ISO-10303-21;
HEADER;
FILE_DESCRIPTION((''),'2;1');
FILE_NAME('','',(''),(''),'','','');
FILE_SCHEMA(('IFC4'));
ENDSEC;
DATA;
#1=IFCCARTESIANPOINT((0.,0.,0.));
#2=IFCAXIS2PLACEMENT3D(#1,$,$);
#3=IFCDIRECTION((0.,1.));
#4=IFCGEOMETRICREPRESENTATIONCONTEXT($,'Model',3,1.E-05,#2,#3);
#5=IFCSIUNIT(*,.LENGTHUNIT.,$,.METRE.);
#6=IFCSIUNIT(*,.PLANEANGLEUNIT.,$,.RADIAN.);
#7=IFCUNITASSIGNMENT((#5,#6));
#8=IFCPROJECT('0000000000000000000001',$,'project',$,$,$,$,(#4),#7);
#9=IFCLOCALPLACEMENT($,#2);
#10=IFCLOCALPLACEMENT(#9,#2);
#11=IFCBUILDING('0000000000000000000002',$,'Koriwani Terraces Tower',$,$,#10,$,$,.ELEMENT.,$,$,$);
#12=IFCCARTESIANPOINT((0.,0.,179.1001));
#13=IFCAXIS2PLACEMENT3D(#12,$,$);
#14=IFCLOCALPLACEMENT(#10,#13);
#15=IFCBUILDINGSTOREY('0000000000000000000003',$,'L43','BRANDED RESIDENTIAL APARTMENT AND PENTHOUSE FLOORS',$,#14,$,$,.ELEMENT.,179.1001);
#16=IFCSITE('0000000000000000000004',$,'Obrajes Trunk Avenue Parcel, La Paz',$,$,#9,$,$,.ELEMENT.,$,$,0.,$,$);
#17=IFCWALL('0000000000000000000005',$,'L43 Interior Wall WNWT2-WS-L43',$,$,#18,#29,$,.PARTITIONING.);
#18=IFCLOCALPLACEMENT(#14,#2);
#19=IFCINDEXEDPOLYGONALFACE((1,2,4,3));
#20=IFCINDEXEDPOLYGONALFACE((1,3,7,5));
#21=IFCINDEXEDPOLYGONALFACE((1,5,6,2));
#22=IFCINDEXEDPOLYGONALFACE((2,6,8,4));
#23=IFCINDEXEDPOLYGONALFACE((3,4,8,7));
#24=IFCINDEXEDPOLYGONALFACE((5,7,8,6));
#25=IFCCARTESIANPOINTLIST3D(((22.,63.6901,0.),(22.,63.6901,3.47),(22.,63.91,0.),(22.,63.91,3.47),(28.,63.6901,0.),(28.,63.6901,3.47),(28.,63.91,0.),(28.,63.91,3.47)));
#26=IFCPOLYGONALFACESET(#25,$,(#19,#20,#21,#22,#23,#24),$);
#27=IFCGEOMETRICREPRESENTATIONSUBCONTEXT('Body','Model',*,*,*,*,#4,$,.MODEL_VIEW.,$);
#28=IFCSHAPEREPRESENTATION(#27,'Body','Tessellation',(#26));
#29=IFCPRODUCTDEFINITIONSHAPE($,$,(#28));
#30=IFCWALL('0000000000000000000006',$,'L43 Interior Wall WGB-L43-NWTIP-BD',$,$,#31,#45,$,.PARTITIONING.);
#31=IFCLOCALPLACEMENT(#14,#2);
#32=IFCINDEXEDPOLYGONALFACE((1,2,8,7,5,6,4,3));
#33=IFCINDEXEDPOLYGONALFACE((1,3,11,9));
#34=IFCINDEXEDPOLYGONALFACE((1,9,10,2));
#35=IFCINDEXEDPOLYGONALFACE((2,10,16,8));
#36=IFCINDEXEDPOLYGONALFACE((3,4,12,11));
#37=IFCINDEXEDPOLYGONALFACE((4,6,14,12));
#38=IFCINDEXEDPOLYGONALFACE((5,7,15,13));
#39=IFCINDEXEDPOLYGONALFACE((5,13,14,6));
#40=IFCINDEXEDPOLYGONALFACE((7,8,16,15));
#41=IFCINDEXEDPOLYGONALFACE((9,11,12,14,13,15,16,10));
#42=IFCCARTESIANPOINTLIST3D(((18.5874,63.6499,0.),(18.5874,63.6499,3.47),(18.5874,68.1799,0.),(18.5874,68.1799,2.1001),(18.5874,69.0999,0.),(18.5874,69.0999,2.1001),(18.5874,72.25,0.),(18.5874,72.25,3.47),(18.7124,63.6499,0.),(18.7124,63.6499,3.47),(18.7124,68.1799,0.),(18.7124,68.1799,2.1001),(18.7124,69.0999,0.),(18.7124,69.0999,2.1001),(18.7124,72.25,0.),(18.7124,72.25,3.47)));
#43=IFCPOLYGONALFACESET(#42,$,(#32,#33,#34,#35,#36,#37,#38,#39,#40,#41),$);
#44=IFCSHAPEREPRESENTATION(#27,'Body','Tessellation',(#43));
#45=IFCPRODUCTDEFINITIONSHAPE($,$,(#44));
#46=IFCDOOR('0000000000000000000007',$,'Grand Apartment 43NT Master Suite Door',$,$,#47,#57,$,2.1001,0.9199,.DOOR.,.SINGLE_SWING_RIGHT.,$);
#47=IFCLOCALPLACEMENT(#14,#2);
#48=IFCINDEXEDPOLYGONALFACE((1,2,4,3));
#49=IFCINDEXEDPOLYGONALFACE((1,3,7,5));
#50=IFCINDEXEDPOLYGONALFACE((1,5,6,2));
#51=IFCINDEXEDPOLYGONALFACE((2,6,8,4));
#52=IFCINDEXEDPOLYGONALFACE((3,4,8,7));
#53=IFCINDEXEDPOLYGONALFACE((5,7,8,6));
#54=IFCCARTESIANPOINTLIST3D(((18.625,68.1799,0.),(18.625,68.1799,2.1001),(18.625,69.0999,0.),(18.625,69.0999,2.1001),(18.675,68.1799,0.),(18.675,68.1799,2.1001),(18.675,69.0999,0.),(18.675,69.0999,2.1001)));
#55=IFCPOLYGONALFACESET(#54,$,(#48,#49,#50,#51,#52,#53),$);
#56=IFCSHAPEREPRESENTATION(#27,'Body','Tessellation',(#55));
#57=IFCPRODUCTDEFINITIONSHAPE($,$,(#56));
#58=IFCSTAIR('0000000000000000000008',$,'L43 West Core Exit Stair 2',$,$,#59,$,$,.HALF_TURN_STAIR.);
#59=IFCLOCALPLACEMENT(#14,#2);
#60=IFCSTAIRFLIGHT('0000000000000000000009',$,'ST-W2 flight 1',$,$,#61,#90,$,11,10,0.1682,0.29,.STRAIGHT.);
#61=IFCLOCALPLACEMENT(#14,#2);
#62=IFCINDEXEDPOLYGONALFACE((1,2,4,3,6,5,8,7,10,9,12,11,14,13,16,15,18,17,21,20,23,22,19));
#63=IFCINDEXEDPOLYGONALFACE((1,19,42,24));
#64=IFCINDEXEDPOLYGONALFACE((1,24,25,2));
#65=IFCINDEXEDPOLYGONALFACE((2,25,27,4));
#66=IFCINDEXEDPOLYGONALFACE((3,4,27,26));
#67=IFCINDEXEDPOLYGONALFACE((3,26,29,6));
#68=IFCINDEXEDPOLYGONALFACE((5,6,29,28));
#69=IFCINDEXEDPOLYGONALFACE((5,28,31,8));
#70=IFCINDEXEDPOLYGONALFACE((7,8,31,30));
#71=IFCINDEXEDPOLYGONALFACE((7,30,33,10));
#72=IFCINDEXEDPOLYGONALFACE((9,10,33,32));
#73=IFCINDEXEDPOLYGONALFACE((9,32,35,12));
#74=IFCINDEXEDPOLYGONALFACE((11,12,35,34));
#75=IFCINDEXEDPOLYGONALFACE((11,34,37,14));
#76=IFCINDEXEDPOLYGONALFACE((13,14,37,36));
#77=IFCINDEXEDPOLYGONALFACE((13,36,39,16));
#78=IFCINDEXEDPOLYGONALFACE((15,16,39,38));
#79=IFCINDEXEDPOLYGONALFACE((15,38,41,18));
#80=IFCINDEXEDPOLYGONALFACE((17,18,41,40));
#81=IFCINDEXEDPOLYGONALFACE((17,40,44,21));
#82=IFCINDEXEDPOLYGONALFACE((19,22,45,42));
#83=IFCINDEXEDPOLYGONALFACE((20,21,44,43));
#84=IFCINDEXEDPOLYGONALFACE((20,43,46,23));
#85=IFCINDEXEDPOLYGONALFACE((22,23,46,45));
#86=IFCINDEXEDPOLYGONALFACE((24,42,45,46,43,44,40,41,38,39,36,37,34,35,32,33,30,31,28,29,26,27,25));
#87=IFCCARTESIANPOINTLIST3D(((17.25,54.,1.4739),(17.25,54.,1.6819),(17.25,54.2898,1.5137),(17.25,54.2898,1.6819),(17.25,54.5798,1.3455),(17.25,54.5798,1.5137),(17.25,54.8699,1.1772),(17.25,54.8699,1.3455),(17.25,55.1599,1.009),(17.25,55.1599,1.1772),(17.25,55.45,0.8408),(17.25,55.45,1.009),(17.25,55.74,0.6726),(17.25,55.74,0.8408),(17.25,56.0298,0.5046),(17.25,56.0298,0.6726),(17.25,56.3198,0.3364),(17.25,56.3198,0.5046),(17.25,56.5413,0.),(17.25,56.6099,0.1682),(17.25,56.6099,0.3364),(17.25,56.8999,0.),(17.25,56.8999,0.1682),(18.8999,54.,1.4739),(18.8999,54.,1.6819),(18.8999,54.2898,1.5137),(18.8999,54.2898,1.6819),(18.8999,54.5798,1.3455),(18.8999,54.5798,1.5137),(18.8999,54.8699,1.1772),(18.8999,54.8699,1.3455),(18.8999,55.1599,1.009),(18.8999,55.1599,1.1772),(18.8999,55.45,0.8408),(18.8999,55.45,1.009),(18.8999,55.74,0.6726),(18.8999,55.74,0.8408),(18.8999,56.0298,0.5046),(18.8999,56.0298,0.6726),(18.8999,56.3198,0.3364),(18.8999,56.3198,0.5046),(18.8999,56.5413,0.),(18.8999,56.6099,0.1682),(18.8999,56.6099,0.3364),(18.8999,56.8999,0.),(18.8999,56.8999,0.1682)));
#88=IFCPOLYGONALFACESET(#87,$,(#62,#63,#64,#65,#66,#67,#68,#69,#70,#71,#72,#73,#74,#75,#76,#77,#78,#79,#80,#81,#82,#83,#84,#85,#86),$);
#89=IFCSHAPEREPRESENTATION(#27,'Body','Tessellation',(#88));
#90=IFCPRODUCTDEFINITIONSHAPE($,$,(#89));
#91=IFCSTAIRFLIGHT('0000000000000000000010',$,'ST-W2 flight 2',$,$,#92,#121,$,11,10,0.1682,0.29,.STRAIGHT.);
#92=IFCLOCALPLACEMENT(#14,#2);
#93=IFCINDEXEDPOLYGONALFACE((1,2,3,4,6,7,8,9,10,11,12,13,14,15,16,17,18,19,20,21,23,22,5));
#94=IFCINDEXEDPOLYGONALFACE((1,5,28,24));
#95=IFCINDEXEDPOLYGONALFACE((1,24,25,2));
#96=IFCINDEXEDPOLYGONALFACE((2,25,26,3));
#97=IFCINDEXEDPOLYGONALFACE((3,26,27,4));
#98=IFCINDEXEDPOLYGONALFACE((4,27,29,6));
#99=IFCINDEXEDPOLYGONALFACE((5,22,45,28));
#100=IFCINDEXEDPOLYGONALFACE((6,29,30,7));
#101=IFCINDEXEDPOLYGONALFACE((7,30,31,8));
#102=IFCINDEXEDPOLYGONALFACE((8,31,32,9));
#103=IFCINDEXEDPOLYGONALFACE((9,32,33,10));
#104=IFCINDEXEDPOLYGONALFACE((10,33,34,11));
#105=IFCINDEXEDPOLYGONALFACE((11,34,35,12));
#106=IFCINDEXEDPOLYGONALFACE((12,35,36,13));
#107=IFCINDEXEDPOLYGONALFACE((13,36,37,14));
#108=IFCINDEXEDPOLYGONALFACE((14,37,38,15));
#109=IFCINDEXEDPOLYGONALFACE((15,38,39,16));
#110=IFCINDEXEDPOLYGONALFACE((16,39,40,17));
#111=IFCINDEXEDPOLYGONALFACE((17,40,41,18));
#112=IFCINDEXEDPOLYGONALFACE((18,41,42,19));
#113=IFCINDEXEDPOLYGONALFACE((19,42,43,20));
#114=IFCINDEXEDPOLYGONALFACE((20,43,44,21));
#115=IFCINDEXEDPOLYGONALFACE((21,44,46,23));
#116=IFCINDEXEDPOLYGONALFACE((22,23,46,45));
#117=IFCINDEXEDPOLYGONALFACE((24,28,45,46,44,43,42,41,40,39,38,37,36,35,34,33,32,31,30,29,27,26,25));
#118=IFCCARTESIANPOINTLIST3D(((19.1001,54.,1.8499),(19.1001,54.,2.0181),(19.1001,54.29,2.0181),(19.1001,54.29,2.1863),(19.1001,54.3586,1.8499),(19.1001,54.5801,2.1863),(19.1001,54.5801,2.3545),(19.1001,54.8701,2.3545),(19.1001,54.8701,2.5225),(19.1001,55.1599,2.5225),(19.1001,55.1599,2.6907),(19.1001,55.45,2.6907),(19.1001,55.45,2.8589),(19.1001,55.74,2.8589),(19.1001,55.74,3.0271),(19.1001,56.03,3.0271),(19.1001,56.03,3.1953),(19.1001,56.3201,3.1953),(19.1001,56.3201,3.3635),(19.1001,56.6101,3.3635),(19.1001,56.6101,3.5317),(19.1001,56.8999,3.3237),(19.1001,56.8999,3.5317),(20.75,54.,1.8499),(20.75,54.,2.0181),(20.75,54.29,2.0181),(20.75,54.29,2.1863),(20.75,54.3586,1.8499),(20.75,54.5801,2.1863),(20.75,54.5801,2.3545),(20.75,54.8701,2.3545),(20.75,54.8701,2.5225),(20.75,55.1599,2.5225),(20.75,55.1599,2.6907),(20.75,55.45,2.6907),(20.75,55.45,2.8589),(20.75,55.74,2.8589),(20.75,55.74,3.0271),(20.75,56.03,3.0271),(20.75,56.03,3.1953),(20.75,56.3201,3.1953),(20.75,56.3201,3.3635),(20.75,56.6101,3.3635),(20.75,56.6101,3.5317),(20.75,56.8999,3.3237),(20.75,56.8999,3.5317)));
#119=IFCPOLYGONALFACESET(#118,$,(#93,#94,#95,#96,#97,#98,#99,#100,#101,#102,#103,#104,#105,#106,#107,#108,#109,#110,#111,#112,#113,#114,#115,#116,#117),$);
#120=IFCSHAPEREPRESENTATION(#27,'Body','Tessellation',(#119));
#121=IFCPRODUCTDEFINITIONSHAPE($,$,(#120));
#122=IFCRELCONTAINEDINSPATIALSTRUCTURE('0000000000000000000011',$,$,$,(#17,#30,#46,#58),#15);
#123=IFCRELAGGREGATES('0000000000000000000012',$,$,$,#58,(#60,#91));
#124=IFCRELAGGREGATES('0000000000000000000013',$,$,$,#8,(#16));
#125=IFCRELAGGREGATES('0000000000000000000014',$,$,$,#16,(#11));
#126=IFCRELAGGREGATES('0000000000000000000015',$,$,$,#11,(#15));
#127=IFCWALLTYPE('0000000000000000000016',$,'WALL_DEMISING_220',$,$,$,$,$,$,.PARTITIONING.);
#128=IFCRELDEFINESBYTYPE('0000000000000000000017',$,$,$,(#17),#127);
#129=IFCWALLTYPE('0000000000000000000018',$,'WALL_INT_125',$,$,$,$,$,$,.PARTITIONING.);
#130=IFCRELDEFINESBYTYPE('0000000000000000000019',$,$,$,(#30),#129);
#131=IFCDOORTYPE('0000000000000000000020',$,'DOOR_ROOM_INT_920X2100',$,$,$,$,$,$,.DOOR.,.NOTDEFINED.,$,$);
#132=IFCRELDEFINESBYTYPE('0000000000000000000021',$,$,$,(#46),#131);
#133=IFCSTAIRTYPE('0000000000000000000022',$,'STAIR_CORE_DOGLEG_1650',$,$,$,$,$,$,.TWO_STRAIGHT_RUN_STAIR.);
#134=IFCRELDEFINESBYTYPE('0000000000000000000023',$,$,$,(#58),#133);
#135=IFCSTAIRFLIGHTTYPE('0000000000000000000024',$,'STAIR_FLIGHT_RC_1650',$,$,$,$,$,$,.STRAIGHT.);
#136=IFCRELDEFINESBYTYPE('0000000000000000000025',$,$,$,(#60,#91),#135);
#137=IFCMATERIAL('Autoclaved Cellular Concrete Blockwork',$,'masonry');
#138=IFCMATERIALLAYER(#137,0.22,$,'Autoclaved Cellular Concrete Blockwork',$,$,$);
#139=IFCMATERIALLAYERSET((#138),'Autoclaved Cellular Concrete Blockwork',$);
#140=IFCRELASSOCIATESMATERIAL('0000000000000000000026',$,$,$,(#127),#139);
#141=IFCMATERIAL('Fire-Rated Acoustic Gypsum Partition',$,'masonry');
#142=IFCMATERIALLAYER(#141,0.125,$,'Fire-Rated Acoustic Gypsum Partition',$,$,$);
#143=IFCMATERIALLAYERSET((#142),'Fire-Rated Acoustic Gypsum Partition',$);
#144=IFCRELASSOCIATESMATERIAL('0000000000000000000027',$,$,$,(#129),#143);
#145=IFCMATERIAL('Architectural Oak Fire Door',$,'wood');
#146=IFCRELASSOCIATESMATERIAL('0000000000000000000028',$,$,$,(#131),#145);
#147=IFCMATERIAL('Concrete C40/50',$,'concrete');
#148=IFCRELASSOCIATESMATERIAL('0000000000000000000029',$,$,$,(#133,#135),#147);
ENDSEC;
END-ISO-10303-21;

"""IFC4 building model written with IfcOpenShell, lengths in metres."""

from ifc_helpers import new_model, si_unit, direction, frame, frame_2d, origin, place, context, subcontext, project, spatial, polyline, rectangle, outline, extrude, material, layer, layer_set, type_object, element, fill, aggregate, save


model = new_model("IFC4")

# Units and contexts
model_context = context("Model", 3, precision=1e-05, world=origin(), true_north=direction((0.0, 1.0)))
body_context = subcontext(model_context, "Body", "Model", "MODEL_VIEW")
ifc_project = project(units=[si_unit("LENGTHUNIT", "METRE"), si_unit("PLANEANGLEUNIT", "RADIAN")], contexts=[model_context])

# Site, building, storey
site_placement = place(None, origin())
site = spatial("IfcSite", under=ifc_project, at=site_placement, Name="Obrajes Trunk Avenue Parcel, La Paz", CompositionType="ELEMENT", RefElevation=0.0)
building_placement = place(site_placement, origin())
building = spatial("IfcBuilding", under=site, at=building_placement, Name="Koriwani Terraces Tower", CompositionType="ELEMENT")
storey_placement = place(building_placement, frame((0.0, 0.0, 179.1001)))
storey = spatial("IfcBuildingStorey", under=building, at=storey_placement, Name="L43", Description="BRANDED RESIDENTIAL APARTMENT AND PENTHOUSE FLOORS", CompositionType="ELEMENT", Elevation=179.1001)

# Shared definitions
ifc_material_1 = material(Name="Concrete C40/50", Category="concrete")

# Wall
ifc_material_2 = material(Name="Autoclaved Cellular Concrete Blockwork", Category="masonry")
ifc_layer_1 = layer(ifc_material_2, 0.22, Name="Autoclaved Cellular Concrete Blockwork")
ifc_layer_set_1 = layer_set([ifc_layer_1], Name="Autoclaved Cellular Concrete Blockwork")
wall_type_1 = type_object("IfcWallType", Name="WALL_DEMISING_220", PredefinedType="PARTITIONING", material=ifc_layer_set_1)
wall_1_placement = place(storey_placement, frame((22.0, 63.8, 0.0), z_axis=(0.0, 0.0, 1.0), x_axis=(1.0, 0.0, 0.0)))
element("IfcWall", 1, at=wall_1_placement, inside=storey, type_object=wall_type_1, Name="L43 Interior Wall WNWT2-WS-L43", PredefinedType="PARTITIONING", context=body_context, shape_type="SweptSolid", body=[
    extrude(rectangle(XDim=6.0, YDim=0.22, at=frame_2d((3.0, 0.0))), origin(), (0.0, 0.0, 1.0), 3.47),
])

# Wall, opening, door
ifc_material_3 = material(Name="Fire-Rated Acoustic Gypsum Partition", Category="masonry")
ifc_layer_2 = layer(ifc_material_3, 0.125, Name="Fire-Rated Acoustic Gypsum Partition")
ifc_layer_set_2 = layer_set([ifc_layer_2], Name="Fire-Rated Acoustic Gypsum Partition")
wall_type_2 = type_object("IfcWallType", Name="WALL_INT_125", PredefinedType="PARTITIONING", material=ifc_layer_set_2)
wall_2_placement = place(storey_placement, frame((18.6499, 63.6499, 0.0), z_axis=(0.0, 0.0, 1.0), x_axis=(0.0, 1.0, 0.0)))
wall_2 = element("IfcWall", 2, at=wall_2_placement, inside=storey, type_object=wall_type_2, Name="L43 Interior Wall WGB-L43-NWTIP-BD", PredefinedType="PARTITIONING", context=body_context, shape_type="SweptSolid", body=[
    extrude(rectangle(XDim=8.6001, YDim=0.125, at=frame_2d((4.3, 0.0))), origin(), (0.0, 0.0, 1.0), 3.47),
])
opening_1_placement = place(wall_2_placement, frame((4.53, 0.0, 0.0)))
opening_1 = element("IfcOpeningElement", 3, at=opening_1_placement, cuts=wall_2, PredefinedType="OPENING", context=body_context, shape_type="SweptSolid", body=[
    extrude(rectangle(XDim=0.9199, YDim=2.1001, at=frame_2d((0.46, 1.05))), frame((0.0, 0.0725, 0.0), z_axis=(0.0, -1.0, 0.0), x_axis=(1.0, 0.0, 0.0)), (0.0, 0.0, 1.0), 0.145),
])
ifc_material_4 = material(Name="Architectural Oak Fire Door", Category="wood")
door_type_1 = type_object("IfcDoorType", Name="DOOR_ROOM_INT_920X2100", OperationType="NOTDEFINED", PredefinedType="DOOR", material=ifc_material_4)
door_1_placement = place(opening_1_placement, origin())
door_1 = element("IfcDoor", 4, at=door_1_placement, inside=storey, type_object=door_type_1, Name="Grand Apartment 43NT Master Suite Door", OperationType="SINGLE_SWING_RIGHT", OverallHeight=2.1001, OverallWidth=0.9199, PredefinedType="DOOR", context=body_context, shape_type="SweptSolid", body=[
    extrude(rectangle(XDim=0.9199, YDim=2.1001, at=frame_2d((0.46, 1.05))), frame((0.0, 0.0249, 0.0), z_axis=(0.0, -1.0, 0.0), x_axis=(1.0, 0.0, 0.0)), (0.0, 0.0, 1.0), 0.05),
])
fill(opening_1, door_1)

# Stair, stair flights
stair_type = type_object("IfcStairType", Name="STAIR_CORE_DOGLEG_1650", PredefinedType="TWO_STRAIGHT_RUN_STAIR", material=ifc_material_1)
stair_placement = place(storey_placement, origin())
stair = element("IfcStair", 5, at=stair_placement, inside=storey, type_object=stair_type, Name="L43 West Core Exit Stair 2", PredefinedType="HALF_TURN_STAIR")
stair_flight_type = type_object("IfcStairFlightType", Name="STAIR_FLIGHT_RC_1650", PredefinedType="STRAIGHT", material=ifc_material_1)
stair_flight_1_placement = place(storey_placement, frame((18.075, 56.8999, 0.0), z_axis=(0.0, 0.0, 1.0), x_axis=(0.0, -1.0, 0.0)))
stair_flight_1 = element("IfcStairFlight", 6, at=stair_flight_1_placement, type_object=stair_flight_type, Name="ST-W2 flight 1", NumberOfRisers=11, NumberOfTreads=10, PredefinedType="STRAIGHT", RiserHeight=0.1682, TreadLength=0.29, context=body_context, shape_type="SweptSolid", body=[
    extrude(outline(polyline([(0.0, 0.0), (0.0, 0.1682), (0.29, 0.1682), (0.29, 0.3364), (0.5801, 0.3364), (0.5801, 0.5046), (0.8701, 0.5046), (0.8701, 0.6726), (1.1599, 0.6726), (1.1599, 0.8408), (1.45, 0.8408), (1.45, 1.009), (1.74, 1.009), (1.74, 1.1772), (2.03, 1.1772), (2.03, 1.3455), (2.3201, 1.3455), (2.3201, 1.5137), (2.6101, 1.5137), (2.6101, 1.6819), (2.8999, 1.6819), (2.8999, 1.8501), (2.8999, 1.4739), (0.3586, 0.0), (0.0, 0.0)])), frame((0.0, 0.825, 0.0), z_axis=(0.0, -1.0, 0.0), x_axis=(1.0, 0.0, 0.0)), (0.0, 0.0, 1.0), 1.6499),
])
stair_flight_2_placement = place(storey_placement, frame((19.925, 54.0, 1.8499), z_axis=(0.0, 0.0, 1.0), x_axis=(0.0, 1.0, 0.0)))
stair_flight_2 = element("IfcStairFlight", 7, at=stair_flight_2_placement, type_object=stair_flight_type, Name="ST-W2 flight 2", NumberOfRisers=11, NumberOfTreads=10, PredefinedType="STRAIGHT", RiserHeight=0.1682, TreadLength=0.29, context=body_context, shape_type="SweptSolid", body=[
    extrude(outline(polyline([(0.0, 0.0), (0.0, 0.1682), (0.29, 0.1682), (0.29, 0.3364), (0.5801, 0.3364), (0.5801, 0.5046), (0.8701, 0.5046), (0.8701, 0.6726), (1.1599, 0.6726), (1.1599, 0.8408), (1.45, 0.8408), (1.45, 1.009), (1.74, 1.009), (1.74, 1.1772), (2.03, 1.1772), (2.03, 1.3455), (2.3201, 1.3455), (2.3201, 1.5137), (2.6101, 1.5137), (2.6101, 1.6819), (2.8999, 1.6819), (2.8999, 1.8501), (2.8999, 1.4739), (0.3586, 0.0), (0.0, 0.0)])), frame((0.0, 0.825, 0.0), z_axis=(0.0, -1.0, 0.0), x_axis=(1.0, 0.0, 0.0)), (0.0, 0.0, 1.0), 1.6499),
])
aggregate(stair, [stair_flight_1, stair_flight_2])

save(model, "model.ifc")
